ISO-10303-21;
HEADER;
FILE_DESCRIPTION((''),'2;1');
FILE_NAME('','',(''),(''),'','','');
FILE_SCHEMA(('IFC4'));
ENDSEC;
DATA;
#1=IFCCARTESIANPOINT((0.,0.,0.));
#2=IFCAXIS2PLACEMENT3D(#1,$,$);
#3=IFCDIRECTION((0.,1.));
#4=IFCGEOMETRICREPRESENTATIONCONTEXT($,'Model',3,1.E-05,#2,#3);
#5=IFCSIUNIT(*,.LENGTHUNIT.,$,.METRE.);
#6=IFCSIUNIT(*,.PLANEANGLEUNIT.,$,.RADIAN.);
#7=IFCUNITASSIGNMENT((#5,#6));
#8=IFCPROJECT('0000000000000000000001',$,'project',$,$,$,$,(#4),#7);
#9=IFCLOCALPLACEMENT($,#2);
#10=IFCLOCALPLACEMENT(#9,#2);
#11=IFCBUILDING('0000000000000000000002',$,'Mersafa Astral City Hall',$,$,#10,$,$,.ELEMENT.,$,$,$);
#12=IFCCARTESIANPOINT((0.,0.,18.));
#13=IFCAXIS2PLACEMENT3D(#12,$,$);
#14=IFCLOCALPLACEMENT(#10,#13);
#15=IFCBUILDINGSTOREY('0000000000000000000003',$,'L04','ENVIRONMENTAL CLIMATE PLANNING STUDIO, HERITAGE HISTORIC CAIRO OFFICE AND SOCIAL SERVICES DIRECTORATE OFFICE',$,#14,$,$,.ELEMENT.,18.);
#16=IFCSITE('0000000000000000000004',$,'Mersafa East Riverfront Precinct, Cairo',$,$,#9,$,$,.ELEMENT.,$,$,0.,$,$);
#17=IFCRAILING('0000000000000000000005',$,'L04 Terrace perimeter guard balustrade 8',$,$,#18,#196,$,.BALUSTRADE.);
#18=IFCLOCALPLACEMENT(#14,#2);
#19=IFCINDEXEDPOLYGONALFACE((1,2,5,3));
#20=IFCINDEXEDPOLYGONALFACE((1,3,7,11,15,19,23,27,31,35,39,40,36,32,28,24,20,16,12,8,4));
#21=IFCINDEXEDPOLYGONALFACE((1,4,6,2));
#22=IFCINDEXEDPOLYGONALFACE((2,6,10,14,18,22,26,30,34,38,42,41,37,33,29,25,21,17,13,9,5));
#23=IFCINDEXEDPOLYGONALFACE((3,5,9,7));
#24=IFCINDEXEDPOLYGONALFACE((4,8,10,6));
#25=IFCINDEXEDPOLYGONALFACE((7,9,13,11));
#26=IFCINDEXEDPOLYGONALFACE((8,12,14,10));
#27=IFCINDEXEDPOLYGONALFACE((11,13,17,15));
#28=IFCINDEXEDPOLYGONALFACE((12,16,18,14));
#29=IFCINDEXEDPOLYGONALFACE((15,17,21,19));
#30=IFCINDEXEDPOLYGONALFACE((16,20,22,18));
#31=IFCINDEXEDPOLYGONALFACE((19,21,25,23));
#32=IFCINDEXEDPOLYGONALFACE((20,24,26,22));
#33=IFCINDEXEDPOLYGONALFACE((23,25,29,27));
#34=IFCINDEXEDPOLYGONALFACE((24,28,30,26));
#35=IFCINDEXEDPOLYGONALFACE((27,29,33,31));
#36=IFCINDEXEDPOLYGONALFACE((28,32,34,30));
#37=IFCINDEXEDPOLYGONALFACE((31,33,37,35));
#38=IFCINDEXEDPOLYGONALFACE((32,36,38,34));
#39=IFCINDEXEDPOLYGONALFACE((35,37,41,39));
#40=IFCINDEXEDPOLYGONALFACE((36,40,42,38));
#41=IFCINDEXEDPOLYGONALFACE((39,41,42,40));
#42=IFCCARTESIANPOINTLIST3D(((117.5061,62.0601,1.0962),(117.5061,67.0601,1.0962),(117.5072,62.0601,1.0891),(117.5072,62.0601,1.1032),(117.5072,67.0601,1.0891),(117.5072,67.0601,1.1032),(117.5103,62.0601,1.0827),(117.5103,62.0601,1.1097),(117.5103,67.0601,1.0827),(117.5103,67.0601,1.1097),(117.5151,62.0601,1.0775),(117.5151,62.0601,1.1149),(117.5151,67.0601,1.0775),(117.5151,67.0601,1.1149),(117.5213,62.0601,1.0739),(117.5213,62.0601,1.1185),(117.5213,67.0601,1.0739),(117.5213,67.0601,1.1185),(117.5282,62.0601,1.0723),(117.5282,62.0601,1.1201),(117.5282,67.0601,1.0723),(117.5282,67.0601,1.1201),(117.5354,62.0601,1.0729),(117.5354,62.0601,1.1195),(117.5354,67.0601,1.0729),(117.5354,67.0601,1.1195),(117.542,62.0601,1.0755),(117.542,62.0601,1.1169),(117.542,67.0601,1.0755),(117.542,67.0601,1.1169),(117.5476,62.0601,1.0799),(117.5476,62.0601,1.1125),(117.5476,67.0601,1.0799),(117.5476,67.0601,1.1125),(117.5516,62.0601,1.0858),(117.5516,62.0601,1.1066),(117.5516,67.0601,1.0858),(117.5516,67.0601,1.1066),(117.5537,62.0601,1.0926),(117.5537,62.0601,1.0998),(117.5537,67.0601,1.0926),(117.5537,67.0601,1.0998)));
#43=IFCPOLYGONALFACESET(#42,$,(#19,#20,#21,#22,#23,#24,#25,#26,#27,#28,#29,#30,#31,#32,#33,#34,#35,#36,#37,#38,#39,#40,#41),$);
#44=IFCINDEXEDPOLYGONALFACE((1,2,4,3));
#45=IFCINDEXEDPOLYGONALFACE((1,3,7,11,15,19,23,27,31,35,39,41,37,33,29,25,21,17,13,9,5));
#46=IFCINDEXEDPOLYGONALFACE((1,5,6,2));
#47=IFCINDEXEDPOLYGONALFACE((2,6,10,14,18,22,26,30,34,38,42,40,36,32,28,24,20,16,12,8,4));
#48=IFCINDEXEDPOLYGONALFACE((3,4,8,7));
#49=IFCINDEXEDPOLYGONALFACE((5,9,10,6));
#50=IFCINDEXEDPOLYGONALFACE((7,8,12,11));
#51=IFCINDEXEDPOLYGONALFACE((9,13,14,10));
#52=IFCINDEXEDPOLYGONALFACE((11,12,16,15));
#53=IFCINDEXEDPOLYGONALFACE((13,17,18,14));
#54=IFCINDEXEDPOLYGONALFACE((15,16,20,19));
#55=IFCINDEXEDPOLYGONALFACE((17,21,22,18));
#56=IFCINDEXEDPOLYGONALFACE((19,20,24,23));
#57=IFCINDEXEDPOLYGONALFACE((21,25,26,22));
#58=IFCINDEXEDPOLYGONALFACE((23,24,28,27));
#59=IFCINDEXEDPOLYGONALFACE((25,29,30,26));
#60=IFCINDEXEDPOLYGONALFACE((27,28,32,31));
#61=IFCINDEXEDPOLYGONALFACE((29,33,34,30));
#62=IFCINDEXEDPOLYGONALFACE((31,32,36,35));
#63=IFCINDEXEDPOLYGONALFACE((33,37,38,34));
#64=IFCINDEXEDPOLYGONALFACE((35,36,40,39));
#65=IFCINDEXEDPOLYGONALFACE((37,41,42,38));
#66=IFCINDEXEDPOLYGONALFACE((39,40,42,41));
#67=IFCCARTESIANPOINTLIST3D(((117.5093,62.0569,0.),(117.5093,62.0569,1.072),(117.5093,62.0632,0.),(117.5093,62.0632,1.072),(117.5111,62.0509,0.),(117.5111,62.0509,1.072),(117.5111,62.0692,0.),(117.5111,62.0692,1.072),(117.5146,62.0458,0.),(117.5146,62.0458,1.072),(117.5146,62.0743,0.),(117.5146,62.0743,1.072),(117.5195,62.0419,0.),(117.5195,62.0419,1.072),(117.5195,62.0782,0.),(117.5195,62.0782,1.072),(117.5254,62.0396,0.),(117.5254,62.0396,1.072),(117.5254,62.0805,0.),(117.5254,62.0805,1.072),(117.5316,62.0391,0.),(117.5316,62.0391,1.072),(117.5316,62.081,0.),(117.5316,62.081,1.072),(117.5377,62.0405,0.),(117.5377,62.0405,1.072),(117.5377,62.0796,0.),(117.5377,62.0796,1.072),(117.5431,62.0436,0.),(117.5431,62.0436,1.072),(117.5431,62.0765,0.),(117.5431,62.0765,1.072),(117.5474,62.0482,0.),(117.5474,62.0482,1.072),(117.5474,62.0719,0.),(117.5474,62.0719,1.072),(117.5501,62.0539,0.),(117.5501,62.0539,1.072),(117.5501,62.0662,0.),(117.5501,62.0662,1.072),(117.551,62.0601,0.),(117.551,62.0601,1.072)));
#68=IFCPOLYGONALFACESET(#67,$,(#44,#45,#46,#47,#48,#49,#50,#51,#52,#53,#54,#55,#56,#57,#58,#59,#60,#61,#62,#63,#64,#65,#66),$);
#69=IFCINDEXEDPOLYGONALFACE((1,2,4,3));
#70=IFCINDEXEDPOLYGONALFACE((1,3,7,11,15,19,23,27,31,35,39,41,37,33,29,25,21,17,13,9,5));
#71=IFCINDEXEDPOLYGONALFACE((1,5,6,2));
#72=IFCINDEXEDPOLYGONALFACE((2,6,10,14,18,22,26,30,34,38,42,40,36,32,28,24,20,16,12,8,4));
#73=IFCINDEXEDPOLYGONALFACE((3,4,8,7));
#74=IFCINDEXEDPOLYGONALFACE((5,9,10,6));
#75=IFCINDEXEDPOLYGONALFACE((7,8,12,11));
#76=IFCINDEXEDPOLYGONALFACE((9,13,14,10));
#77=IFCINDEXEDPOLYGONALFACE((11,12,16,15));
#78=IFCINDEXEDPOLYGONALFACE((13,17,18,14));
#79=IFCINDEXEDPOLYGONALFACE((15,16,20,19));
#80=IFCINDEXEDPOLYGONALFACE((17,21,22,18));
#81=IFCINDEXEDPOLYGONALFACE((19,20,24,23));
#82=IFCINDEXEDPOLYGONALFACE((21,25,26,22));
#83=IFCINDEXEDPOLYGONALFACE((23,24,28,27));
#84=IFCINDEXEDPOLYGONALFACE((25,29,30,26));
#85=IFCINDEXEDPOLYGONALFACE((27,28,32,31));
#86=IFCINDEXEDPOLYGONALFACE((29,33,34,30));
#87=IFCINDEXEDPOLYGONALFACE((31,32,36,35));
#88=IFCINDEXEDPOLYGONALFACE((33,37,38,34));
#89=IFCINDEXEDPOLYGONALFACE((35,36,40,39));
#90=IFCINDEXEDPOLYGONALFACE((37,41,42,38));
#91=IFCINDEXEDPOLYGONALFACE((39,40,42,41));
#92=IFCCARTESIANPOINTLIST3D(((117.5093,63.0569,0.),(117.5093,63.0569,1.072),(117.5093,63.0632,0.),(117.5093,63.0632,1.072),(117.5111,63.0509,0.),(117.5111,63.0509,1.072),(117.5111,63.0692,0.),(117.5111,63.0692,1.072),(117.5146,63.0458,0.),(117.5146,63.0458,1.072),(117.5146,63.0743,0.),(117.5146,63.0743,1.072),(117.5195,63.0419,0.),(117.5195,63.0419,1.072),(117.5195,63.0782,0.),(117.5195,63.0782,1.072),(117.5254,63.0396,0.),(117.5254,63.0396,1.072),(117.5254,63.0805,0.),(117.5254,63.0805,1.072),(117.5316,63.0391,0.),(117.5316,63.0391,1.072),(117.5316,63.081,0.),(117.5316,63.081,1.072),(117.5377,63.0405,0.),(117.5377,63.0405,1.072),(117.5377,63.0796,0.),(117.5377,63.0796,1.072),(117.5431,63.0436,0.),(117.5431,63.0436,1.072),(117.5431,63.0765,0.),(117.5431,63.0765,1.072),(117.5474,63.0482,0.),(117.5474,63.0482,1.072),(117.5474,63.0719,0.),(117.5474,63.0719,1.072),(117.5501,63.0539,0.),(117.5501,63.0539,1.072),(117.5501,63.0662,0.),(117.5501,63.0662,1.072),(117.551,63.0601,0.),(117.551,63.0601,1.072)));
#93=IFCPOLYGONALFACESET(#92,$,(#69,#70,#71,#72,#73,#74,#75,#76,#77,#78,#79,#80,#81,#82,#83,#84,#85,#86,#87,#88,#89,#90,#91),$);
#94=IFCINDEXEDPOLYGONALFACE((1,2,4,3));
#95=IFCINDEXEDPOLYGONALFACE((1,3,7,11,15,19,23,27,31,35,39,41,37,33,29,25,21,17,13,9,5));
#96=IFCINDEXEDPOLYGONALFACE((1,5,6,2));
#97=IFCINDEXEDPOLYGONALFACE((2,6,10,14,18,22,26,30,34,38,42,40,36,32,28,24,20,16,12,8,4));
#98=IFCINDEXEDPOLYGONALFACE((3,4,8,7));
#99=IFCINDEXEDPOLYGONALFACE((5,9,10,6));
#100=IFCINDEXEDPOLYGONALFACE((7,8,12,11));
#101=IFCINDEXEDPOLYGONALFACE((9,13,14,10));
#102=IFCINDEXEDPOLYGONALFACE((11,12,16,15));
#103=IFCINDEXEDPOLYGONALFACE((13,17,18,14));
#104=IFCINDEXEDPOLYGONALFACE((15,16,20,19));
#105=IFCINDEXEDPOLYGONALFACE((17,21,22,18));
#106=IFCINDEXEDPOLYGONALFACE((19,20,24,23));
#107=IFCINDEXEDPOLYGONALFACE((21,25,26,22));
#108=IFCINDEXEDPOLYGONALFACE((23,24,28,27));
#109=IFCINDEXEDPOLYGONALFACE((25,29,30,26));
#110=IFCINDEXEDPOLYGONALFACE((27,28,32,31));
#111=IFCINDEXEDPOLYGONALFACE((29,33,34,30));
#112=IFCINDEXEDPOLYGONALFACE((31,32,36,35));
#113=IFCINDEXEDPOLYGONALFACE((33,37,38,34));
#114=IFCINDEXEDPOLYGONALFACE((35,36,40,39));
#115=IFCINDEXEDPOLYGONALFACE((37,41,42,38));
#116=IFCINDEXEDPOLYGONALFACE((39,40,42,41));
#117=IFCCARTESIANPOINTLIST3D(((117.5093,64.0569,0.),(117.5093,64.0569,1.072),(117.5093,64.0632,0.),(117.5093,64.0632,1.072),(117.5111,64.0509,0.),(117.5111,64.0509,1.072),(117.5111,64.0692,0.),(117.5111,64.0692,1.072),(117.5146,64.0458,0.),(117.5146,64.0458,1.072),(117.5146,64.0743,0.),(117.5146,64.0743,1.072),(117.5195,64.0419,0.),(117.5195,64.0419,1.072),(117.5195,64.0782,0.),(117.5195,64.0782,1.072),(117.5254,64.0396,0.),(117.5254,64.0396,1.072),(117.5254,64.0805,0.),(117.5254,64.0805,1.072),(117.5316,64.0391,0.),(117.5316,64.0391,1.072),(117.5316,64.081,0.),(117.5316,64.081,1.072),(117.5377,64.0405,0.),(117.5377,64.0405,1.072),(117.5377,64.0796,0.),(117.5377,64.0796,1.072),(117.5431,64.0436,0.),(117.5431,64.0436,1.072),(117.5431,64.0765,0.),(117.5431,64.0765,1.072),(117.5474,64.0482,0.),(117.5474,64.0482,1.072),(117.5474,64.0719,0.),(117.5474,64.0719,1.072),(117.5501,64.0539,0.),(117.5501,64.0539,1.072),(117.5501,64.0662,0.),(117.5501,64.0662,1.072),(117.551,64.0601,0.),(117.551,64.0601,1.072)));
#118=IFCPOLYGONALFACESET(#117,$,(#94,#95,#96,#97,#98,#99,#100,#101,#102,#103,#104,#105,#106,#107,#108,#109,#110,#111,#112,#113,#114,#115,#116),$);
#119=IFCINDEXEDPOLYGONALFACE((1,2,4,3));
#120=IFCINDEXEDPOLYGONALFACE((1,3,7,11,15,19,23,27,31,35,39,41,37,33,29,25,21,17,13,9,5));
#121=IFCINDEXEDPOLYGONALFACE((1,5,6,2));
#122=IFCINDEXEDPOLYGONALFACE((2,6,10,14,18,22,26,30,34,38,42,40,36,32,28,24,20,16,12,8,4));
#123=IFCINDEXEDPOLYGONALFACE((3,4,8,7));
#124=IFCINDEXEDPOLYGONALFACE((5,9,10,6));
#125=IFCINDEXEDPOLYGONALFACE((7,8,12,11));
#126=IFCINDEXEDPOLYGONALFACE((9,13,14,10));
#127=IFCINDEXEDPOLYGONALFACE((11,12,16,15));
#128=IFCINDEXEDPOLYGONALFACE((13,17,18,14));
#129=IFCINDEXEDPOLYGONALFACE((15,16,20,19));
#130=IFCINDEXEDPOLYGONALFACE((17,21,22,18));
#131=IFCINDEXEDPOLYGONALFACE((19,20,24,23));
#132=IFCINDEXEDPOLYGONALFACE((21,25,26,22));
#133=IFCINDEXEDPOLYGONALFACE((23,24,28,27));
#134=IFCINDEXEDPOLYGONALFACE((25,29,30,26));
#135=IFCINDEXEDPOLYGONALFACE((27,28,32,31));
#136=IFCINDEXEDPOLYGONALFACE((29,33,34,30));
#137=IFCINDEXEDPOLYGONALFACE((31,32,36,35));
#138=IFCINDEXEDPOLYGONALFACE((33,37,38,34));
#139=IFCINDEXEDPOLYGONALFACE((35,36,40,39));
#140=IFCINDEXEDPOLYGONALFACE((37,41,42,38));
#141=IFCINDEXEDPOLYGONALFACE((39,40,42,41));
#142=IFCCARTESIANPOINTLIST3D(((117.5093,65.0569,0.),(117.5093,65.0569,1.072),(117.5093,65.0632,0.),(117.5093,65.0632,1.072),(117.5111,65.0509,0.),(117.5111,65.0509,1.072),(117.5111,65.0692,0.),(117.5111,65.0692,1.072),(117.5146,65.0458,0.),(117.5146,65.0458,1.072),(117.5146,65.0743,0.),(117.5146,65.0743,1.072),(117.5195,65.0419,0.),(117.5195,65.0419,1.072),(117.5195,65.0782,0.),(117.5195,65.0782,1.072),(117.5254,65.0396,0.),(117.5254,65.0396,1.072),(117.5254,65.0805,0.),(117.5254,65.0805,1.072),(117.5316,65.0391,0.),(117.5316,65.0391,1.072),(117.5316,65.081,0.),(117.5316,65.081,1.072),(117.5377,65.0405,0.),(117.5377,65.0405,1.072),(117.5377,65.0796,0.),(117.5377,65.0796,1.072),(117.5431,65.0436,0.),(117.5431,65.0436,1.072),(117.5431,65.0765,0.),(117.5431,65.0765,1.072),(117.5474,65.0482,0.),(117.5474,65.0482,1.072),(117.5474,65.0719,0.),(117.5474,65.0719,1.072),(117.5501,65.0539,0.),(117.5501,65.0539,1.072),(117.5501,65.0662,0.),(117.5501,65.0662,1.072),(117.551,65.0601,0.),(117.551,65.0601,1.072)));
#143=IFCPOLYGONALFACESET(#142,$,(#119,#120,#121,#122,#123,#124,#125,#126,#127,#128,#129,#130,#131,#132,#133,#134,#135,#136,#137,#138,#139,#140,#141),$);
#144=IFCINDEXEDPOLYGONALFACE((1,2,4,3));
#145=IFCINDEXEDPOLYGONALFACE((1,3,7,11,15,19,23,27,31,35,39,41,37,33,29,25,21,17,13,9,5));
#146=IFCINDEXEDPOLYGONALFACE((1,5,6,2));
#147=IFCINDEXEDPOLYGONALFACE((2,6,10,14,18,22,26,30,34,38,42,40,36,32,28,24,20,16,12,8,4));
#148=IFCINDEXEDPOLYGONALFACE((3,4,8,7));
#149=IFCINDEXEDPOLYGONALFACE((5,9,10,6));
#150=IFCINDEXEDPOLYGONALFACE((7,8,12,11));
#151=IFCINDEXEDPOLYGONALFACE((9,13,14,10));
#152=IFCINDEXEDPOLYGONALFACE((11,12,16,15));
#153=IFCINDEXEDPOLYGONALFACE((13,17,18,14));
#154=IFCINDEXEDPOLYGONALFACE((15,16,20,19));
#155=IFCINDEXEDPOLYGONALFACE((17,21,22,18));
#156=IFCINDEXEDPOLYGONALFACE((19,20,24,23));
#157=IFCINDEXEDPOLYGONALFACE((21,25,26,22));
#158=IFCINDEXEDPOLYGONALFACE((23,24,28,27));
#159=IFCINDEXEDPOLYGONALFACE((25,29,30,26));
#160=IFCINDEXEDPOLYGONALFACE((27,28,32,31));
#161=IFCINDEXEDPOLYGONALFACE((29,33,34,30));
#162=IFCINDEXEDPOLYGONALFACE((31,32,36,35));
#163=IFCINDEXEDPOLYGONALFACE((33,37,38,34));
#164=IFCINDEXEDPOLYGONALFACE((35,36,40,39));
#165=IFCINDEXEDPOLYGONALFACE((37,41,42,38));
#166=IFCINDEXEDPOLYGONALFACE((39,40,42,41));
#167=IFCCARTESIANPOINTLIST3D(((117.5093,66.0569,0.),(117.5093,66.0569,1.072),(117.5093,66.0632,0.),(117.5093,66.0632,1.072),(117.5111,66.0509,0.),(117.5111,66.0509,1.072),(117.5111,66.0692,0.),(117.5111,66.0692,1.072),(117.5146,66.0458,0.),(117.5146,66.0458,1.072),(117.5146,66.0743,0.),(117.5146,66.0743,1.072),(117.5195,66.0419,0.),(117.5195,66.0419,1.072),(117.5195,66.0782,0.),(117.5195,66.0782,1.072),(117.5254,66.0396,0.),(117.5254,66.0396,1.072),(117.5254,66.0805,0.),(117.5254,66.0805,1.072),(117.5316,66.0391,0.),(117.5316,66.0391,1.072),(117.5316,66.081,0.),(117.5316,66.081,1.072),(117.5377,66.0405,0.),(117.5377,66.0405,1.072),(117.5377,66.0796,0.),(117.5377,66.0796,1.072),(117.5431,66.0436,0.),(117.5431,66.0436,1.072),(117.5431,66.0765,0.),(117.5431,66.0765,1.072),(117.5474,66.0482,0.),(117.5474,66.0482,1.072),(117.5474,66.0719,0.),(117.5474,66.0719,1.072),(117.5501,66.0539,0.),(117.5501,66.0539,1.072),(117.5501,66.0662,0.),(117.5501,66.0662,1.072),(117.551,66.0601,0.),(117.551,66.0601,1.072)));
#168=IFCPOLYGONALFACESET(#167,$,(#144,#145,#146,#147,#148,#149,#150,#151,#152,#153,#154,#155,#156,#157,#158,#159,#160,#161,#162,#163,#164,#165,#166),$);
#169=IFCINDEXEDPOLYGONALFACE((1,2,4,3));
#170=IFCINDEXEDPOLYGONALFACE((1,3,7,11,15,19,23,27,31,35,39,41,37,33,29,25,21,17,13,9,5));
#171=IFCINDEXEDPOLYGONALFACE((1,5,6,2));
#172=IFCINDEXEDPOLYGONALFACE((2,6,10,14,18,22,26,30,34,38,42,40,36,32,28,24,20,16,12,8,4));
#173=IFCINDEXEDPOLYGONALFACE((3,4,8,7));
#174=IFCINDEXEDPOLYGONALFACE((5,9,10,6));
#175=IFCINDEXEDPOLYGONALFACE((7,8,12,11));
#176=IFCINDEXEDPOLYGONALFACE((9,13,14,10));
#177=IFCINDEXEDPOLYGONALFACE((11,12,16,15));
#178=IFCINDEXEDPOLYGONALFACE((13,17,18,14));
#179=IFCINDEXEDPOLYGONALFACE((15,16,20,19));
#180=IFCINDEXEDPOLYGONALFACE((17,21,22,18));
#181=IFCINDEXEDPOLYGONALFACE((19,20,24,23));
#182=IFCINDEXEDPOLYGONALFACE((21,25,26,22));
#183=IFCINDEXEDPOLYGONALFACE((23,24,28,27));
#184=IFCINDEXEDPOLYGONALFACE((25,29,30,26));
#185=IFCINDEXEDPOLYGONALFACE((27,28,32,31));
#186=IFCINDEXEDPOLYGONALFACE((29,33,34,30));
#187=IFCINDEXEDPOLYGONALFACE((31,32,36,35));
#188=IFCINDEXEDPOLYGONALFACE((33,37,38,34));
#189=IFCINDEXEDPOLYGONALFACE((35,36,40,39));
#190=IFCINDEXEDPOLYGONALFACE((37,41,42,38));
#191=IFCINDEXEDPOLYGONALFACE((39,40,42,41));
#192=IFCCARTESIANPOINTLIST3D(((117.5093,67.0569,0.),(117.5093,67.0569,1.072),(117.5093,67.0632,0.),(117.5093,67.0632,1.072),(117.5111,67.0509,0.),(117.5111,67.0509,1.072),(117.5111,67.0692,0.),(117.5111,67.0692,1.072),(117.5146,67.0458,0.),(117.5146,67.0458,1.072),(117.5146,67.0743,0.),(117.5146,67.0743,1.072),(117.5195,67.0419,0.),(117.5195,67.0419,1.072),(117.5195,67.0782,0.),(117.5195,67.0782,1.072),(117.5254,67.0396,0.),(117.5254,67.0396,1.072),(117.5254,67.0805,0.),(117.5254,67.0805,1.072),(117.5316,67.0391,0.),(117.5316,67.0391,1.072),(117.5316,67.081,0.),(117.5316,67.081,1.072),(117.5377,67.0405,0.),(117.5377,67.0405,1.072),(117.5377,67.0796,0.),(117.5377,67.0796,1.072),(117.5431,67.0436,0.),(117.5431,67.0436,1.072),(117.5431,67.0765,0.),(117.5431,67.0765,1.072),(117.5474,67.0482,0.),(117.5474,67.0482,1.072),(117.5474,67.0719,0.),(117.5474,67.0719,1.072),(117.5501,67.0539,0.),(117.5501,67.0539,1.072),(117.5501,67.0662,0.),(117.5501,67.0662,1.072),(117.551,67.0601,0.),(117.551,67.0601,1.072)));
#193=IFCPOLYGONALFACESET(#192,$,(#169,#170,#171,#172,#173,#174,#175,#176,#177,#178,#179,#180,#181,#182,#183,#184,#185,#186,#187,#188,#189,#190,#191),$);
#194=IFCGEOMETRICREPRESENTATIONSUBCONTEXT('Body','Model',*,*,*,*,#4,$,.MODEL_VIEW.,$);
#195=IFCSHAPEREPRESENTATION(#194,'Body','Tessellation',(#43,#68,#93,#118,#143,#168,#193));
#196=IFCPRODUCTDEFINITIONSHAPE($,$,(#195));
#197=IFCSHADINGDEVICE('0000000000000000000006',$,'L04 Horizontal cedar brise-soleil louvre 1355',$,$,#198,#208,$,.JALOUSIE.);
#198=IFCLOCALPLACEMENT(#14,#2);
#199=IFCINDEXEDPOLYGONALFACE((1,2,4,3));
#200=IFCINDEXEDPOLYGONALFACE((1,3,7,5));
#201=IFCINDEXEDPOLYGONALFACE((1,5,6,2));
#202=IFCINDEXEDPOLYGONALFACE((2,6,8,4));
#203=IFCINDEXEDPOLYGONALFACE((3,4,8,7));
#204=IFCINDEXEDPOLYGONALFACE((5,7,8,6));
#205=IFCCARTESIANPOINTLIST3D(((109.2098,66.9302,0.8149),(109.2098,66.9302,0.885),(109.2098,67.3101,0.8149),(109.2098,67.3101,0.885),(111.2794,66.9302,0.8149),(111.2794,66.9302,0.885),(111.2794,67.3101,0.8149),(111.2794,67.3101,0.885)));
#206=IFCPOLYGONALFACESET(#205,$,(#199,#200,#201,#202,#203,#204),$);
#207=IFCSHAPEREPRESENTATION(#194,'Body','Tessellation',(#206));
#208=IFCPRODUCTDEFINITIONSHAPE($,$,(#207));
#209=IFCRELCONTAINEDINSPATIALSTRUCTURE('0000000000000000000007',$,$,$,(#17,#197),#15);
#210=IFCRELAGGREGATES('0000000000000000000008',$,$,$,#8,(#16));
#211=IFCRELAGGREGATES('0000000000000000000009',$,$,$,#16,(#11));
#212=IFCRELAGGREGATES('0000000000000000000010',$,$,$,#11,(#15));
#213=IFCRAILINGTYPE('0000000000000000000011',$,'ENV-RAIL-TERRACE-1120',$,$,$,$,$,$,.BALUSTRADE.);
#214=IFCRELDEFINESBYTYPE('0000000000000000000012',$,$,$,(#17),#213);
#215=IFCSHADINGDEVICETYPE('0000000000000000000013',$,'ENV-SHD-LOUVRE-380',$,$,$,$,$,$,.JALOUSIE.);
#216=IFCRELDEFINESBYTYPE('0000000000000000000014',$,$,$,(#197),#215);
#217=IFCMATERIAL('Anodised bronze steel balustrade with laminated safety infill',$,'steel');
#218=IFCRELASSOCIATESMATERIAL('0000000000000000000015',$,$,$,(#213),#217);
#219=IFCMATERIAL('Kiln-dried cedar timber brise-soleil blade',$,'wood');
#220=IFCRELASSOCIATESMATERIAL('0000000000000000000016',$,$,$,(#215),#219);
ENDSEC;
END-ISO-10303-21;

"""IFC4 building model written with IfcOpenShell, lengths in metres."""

from ifc_helpers import new_model, si_unit, direction, frame, origin, origin_2d, place, context, subcontext, project, spatial, rectangle, circle, extrude, material, type_object, element, save


model = new_model("IFC4")

# Units and contexts
model_context = context("Model", 3, precision=1e-05, world=origin(), true_north=direction((0.0, 1.0)))
body_context = subcontext(model_context, "Body", "Model", "MODEL_VIEW")
ifc_project = project(units=[si_unit("LENGTHUNIT", "METRE"), si_unit("PLANEANGLEUNIT", "RADIAN")], contexts=[model_context])

# Site, building, storey
site_placement = place(None, origin())
site = spatial("IfcSite", under=ifc_project, at=site_placement, Name="Mersafa East Riverfront Precinct, Cairo", CompositionType="ELEMENT", RefElevation=0.0)
building_placement = place(site_placement, origin())
building = spatial("IfcBuilding", under=site, at=building_placement, Name="Mersafa Astral City Hall", CompositionType="ELEMENT")
storey_placement = place(building_placement, frame((0.0, 0.0, 18.0)))
storey = spatial("IfcBuildingStorey", under=building, at=storey_placement, Name="L04", Description="ENVIRONMENTAL CLIMATE PLANNING STUDIO, HERITAGE HISTORIC CAIRO OFFICE AND SOCIAL SERVICES DIRECTORATE OFFICE", CompositionType="ELEMENT", Elevation=18.0)

# Railing
ifc_material_1 = material(Name="Anodised bronze steel balustrade with laminated safety infill", Category="steel")
railing_type = type_object("IfcRailingType", Name="ENV-RAIL-TERRACE-1120", PredefinedType="BALUSTRADE", material=ifc_material_1)
railing_placement = place(storey_placement, frame((117.53, 62.0601, 0.0)))
element("IfcRailing", 1, at=railing_placement, inside=storey, type_object=railing_type, Name="L04 Terrace perimeter guard balustrade 8", PredefinedType="BALUSTRADE", context=body_context, shape_type="SweptSolid", body=[
    extrude(circle(Radius=0.0239, at=origin_2d()), frame((0.0, 0.0, 1.0962), z_axis=(0.0, 1.0, 0.0), x_axis=(-1.0, 0.0, 0.0)), (0.0, 0.0, 1.0), 5.0),
    extrude(circle(Radius=0.021, at=origin_2d()), origin(), (0.0, 0.0, 1.0), 1.072),
    extrude(circle(Radius=0.021, at=origin_2d()), frame((0.0, 1.0, 0.0)), (0.0, 0.0, 1.0), 1.072),
    extrude(circle(Radius=0.021, at=origin_2d()), frame((0.0, 2.0, 0.0)), (0.0, 0.0, 1.0), 1.072),
    extrude(circle(Radius=0.021, at=origin_2d()), frame((0.0, 3.0, 0.0)), (0.0, 0.0, 1.0), 1.072),
    extrude(circle(Radius=0.021, at=origin_2d()), frame((0.0, 4.0, 0.0)), (0.0, 0.0, 1.0), 1.072),
    extrude(circle(Radius=0.021, at=origin_2d()), frame((0.0, 5.0, 0.0)), (0.0, 0.0, 1.0), 1.072),
])

# Shading device
ifc_material_2 = material(Name="Kiln-dried cedar timber brise-soleil blade", Category="wood")
shading_device_type = type_object("IfcShadingDeviceType", Name="ENV-SHD-LOUVRE-380", PredefinedType="JALOUSIE", material=ifc_material_2)
shading_device_1_placement = place(storey_placement, frame((110.2446, 67.1201, 0.8149), z_axis=(0.0, 0.0, 1.0), x_axis=(1.0, 0.0, 0.0)))
element("IfcShadingDevice", 2, at=shading_device_1_placement, inside=storey, type_object=shading_device_type, Name="L04 Horizontal cedar brise-soleil louvre 1355", PredefinedType="JALOUSIE", context=body_context, shape_type="SweptSolid", body=[
    extrude(rectangle(XDim=2.0696, YDim=0.3799, at=origin_2d()), origin(), (0.0, 0.0, 1.0), 0.0701),
])

save(model, "model.ifc")
